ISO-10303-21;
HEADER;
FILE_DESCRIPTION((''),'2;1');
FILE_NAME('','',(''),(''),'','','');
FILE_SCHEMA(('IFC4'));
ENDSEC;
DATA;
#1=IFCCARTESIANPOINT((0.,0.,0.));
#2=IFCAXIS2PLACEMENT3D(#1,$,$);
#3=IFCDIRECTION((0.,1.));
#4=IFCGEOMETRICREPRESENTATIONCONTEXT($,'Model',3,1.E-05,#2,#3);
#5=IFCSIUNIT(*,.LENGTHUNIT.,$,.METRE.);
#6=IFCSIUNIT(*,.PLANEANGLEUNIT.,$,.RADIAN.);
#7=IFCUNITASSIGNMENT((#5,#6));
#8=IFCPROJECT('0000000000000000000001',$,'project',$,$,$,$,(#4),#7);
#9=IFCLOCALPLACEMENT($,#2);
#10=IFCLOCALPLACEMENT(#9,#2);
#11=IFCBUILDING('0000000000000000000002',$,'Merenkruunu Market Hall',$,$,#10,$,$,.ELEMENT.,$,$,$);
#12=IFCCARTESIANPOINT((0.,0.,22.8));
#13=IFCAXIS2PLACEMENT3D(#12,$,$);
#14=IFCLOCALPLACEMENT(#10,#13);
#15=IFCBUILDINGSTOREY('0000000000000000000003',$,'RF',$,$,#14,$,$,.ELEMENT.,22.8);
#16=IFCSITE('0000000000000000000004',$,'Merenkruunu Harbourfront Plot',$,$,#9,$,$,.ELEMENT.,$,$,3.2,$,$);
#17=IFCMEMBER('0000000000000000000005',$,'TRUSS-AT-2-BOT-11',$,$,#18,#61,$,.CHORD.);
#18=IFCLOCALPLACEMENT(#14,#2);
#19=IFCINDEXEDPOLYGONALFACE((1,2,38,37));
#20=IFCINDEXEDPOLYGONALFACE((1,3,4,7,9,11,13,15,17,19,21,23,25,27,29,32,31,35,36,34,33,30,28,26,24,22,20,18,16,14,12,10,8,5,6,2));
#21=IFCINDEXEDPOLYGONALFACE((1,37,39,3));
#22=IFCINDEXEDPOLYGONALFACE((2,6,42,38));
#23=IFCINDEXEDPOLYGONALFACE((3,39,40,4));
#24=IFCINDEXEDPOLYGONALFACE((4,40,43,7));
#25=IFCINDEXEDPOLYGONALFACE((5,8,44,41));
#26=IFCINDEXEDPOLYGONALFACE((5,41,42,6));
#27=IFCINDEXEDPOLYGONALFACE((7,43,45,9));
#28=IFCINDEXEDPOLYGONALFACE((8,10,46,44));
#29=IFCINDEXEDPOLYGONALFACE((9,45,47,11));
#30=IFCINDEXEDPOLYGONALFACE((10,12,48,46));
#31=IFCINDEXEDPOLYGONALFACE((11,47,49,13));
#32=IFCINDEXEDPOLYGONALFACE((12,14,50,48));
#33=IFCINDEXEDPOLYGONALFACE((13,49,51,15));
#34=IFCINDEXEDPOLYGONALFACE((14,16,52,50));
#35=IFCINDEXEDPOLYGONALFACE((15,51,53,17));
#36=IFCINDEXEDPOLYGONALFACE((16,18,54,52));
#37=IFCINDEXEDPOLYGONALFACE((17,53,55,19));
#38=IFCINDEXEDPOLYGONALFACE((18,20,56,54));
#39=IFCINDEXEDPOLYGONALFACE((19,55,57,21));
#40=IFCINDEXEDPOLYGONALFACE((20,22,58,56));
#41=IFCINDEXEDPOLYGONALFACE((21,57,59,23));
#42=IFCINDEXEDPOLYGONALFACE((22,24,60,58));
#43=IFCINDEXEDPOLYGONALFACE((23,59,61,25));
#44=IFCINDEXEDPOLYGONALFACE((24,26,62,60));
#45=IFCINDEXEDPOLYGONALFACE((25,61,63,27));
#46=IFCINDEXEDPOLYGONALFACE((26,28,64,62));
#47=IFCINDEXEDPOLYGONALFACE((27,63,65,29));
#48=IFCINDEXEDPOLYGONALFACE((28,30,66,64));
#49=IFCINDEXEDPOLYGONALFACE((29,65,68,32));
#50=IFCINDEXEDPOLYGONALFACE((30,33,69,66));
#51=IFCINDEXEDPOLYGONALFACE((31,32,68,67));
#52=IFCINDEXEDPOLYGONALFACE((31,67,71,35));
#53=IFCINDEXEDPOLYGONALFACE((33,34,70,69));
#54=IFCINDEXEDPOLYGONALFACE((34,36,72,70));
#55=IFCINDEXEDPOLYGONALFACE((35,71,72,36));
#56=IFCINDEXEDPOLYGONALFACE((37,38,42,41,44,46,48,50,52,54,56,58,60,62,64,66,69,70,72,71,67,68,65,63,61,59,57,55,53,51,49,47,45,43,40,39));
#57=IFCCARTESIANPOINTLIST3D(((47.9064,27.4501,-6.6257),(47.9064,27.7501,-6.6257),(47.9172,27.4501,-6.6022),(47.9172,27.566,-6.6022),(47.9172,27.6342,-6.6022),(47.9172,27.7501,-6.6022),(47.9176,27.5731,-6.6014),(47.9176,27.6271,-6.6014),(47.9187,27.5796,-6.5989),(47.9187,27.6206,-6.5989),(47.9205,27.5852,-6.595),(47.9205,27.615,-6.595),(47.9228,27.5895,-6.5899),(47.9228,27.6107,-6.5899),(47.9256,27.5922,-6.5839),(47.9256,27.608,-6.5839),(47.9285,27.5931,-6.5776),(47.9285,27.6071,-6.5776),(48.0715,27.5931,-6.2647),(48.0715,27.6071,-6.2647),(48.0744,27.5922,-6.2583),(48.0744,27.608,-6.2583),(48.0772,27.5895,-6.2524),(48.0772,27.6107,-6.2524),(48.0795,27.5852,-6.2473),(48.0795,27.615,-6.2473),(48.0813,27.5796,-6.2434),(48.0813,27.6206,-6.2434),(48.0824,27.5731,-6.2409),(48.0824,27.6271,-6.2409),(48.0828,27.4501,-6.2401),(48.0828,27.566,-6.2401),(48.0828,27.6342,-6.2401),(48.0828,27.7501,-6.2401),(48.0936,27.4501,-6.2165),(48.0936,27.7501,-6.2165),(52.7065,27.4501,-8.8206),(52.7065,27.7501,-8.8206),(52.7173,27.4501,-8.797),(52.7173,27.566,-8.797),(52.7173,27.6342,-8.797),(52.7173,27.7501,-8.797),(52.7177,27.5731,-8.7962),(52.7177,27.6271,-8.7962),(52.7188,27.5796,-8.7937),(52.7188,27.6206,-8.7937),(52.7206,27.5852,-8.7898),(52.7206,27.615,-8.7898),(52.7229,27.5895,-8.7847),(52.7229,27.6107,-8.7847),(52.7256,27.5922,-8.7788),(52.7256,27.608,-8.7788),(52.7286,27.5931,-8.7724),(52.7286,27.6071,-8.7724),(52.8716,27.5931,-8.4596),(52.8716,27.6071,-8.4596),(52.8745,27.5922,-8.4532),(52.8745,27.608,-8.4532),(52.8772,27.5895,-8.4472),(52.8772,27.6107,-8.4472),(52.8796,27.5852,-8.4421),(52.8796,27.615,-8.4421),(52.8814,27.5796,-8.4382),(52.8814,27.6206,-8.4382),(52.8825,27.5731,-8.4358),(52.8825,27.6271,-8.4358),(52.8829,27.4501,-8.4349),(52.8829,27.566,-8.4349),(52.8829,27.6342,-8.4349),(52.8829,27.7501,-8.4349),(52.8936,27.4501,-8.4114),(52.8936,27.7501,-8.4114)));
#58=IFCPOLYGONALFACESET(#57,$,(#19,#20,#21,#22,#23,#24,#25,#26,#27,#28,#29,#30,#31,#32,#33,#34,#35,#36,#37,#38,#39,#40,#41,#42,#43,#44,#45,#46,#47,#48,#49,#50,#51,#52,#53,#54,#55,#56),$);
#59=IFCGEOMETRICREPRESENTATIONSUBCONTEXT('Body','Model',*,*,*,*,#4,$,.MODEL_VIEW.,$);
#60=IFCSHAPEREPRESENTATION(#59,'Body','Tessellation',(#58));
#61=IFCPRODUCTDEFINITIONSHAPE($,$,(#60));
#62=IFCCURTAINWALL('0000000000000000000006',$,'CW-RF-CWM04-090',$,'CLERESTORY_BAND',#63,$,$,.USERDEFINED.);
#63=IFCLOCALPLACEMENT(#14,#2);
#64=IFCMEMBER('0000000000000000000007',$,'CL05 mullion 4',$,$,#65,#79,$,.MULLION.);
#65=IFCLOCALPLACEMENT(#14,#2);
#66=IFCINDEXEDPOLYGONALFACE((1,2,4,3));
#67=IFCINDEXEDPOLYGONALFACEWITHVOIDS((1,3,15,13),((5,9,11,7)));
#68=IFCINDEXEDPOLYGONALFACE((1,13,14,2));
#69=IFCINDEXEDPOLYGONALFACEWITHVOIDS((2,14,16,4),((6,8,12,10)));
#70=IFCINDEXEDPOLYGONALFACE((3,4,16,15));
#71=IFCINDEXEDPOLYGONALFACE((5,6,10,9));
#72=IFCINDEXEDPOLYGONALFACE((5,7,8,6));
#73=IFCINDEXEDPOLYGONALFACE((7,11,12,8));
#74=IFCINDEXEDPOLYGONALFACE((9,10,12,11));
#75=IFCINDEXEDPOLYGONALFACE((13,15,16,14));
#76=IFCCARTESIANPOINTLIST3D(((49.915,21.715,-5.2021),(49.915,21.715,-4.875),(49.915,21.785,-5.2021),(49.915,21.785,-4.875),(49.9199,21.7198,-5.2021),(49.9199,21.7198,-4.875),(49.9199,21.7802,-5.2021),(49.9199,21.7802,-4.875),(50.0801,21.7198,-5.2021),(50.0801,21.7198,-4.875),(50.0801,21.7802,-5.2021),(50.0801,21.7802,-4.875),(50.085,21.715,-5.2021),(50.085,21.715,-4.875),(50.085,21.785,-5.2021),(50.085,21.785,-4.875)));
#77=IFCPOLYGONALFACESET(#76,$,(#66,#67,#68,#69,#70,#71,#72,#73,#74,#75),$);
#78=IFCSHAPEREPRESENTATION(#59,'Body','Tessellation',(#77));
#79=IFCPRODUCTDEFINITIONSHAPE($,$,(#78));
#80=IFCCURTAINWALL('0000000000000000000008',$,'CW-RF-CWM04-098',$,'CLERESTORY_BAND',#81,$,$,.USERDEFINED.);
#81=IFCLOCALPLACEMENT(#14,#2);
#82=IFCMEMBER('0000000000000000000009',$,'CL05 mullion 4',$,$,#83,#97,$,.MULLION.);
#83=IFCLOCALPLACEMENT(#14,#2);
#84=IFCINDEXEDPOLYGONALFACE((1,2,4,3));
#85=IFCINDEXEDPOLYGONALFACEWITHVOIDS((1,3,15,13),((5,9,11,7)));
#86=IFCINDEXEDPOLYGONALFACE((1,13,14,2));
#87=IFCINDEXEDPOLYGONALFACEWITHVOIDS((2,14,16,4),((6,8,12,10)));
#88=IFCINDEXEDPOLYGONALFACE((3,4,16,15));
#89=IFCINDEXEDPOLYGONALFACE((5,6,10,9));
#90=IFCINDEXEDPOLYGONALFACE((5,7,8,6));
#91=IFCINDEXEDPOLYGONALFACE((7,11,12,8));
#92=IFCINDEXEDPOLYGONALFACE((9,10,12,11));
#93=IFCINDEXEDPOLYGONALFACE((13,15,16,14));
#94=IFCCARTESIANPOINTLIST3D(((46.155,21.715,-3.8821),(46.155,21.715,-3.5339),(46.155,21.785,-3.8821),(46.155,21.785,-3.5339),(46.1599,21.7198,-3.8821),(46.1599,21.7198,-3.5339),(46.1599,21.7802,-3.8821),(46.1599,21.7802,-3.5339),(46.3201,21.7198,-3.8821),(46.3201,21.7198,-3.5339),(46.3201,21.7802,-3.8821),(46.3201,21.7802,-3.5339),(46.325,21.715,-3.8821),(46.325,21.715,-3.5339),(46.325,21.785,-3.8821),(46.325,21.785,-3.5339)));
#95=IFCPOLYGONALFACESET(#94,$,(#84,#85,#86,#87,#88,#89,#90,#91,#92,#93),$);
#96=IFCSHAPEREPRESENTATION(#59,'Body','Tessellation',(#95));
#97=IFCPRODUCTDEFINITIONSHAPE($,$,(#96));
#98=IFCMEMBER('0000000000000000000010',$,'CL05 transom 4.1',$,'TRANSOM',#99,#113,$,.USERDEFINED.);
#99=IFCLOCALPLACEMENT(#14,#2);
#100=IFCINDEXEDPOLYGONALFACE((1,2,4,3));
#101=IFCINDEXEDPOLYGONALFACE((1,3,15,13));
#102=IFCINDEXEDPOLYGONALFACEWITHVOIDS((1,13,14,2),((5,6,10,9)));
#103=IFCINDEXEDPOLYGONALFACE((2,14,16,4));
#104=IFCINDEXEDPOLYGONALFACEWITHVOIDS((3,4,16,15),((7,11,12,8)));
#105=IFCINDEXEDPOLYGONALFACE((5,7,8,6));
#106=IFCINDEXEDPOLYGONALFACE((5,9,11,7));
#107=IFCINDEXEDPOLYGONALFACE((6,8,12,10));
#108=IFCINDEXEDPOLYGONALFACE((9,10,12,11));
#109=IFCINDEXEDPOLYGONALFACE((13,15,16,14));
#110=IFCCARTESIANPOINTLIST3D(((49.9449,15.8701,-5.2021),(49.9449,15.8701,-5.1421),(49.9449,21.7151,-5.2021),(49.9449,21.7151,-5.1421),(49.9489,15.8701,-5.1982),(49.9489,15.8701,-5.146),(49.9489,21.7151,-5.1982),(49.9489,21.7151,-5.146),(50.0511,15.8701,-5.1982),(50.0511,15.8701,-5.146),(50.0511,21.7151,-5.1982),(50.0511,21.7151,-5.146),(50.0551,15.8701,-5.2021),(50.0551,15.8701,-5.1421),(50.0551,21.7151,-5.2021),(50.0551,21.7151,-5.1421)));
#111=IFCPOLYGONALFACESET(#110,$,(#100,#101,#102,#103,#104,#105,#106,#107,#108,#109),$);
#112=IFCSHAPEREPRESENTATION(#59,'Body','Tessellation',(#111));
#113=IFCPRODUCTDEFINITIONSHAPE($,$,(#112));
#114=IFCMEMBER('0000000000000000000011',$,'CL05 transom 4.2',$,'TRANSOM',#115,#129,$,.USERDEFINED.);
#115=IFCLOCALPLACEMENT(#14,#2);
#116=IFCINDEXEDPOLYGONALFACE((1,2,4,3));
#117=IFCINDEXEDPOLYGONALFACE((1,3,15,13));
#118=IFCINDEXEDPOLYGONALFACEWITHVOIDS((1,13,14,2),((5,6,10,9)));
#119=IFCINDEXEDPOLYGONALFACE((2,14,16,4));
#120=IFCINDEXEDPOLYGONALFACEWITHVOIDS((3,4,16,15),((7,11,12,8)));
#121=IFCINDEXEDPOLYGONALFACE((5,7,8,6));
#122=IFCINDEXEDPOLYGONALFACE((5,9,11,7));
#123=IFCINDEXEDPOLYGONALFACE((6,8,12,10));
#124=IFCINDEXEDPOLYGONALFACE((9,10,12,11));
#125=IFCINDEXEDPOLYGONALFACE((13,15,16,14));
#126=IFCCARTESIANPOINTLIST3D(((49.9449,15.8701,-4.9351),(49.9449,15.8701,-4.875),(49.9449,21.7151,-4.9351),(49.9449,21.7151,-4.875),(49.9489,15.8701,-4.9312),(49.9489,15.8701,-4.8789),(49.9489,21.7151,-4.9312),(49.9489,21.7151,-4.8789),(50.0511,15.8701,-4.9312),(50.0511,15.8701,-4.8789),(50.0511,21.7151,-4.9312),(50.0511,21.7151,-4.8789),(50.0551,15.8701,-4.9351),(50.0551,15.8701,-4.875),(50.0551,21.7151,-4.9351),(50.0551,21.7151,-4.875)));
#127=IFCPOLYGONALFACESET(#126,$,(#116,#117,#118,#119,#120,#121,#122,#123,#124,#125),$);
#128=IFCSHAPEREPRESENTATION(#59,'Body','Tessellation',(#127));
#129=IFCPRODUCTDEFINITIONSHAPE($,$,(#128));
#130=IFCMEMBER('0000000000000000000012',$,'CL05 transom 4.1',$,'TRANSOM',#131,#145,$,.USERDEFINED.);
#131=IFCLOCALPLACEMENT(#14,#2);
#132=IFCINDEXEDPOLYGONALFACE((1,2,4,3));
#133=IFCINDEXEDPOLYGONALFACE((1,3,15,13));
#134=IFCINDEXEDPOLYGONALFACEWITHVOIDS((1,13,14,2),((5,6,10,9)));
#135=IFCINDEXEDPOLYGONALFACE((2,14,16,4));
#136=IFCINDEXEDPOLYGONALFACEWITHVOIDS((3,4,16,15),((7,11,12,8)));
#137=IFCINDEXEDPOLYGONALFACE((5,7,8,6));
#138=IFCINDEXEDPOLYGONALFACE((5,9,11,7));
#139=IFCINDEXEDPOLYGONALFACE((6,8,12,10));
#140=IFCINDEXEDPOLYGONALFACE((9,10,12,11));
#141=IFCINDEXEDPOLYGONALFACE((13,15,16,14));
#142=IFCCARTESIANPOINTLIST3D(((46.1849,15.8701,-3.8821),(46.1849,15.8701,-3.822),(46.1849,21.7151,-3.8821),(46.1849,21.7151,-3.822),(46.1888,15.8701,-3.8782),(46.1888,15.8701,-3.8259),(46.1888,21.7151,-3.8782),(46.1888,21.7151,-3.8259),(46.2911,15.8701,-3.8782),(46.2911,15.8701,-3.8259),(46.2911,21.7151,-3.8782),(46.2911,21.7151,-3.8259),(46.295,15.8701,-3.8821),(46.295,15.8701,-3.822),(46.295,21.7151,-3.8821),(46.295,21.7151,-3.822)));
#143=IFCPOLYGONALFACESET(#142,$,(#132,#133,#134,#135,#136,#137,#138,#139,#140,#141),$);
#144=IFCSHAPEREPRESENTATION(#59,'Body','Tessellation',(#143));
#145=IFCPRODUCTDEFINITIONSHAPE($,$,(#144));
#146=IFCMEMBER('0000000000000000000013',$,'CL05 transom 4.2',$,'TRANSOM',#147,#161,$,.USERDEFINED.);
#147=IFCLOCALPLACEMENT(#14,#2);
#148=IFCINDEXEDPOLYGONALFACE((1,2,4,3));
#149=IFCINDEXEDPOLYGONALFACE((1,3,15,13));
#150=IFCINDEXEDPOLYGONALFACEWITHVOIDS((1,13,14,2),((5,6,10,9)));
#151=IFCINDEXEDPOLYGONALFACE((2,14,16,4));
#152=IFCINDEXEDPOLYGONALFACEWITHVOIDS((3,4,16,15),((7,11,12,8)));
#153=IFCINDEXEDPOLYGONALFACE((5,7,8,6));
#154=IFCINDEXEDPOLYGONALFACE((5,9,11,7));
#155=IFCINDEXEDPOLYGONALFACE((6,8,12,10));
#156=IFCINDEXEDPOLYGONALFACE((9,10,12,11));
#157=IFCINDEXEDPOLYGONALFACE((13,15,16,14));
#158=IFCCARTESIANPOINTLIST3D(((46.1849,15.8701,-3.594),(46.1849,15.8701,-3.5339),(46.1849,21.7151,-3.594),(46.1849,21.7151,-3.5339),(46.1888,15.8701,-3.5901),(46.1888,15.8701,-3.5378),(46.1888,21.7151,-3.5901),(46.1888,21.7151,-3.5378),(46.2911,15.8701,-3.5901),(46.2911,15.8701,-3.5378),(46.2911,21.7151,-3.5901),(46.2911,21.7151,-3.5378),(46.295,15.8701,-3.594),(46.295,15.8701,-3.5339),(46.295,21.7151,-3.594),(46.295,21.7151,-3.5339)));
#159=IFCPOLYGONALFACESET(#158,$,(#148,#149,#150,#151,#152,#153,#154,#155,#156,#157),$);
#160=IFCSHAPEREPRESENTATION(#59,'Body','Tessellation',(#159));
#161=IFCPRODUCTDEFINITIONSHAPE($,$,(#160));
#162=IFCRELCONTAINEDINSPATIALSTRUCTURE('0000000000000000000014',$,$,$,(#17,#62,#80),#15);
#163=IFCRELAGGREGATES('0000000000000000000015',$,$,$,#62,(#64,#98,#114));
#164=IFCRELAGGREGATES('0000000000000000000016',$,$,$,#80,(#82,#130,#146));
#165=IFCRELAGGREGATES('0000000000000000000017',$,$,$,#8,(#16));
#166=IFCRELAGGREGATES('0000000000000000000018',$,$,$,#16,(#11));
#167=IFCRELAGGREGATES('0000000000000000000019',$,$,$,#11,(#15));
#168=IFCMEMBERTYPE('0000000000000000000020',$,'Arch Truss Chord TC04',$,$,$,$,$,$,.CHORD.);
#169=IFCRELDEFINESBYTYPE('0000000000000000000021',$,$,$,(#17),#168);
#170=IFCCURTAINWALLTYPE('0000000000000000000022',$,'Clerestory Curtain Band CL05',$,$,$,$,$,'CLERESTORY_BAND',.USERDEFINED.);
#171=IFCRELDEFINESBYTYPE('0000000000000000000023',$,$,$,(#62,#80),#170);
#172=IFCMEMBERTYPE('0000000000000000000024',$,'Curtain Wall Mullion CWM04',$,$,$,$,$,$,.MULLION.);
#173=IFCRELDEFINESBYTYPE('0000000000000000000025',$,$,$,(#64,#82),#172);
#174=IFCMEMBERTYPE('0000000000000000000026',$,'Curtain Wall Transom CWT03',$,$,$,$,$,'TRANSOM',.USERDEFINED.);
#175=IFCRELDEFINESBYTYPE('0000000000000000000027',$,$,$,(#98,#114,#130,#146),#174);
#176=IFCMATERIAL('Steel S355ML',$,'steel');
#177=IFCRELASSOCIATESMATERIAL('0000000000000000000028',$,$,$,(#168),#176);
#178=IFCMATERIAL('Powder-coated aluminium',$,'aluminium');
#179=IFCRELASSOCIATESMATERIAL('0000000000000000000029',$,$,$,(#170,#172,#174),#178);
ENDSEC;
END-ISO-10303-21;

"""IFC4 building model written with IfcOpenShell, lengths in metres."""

from ifc_helpers import new_model, si_unit, direction, frame, origin, origin_2d, place, context, subcontext, project, spatial, hollow_rectangle, i_section, extrude, material, material_profile, profile_set, type_object, element, aggregate, save


model = new_model("IFC4")

# Units and contexts
model_context = context("Model", 3, precision=1e-05, world=origin(), true_north=direction((0.0, 1.0)))
body_context = subcontext(model_context, "Body", "Model", "MODEL_VIEW")
ifc_project = project(units=[si_unit("LENGTHUNIT", "METRE"), si_unit("PLANEANGLEUNIT", "RADIAN")], contexts=[model_context])

# Site, building, storey
site_placement = place(None, origin())
site = spatial("IfcSite", under=ifc_project, at=site_placement, Name="Merenkruunu Harbourfront Plot", CompositionType="ELEMENT", RefElevation=3.2)
building_placement = place(site_placement, origin())
building = spatial("IfcBuilding", under=site, at=building_placement, Name="Merenkruunu Market Hall", CompositionType="ELEMENT")
storey_placement = place(building_placement, frame((0.0, 0.0, 22.8)))
storey = spatial("IfcBuildingStorey", under=building, at=storey_placement, Name="RF", CompositionType="ELEMENT", Elevation=22.8)

# Member
ifc_material_1 = material(Name="Steel S355ML", Category="steel")
ifc_material_profile_1 = material_profile(ifc_material_1, i_section(OverallWidth=0.3, OverallDepth=0.45, WebThickness=0.0139, FlangeThickness=0.0259, FilletRadius=0.0271, at=origin_2d()), Name="HEB 450")
ifc_profile_set_1 = profile_set([ifc_material_profile_1], Name="Steel S355ML")
member_type_1 = type_object("IfcMemberType", Name="Arch Truss Chord TC04", PredefinedType="CHORD", material=ifc_profile_set_1)
member_1_placement = place(storey_placement, frame((48.0, 27.6001, -6.4211), z_axis=(0.909437, 0.0, -0.415841), x_axis=(0.0, 1.0, 0.0)))
element("IfcMember", 1, at=member_1_placement, inside=storey, type_object=member_type_1, Name="TRUSS-AT-2-BOT-11", PredefinedType="CHORD", context=body_context, shape_type="SweptSolid", body=[
    extrude(i_section(OverallWidth=0.3, OverallDepth=0.45, WebThickness=0.0139, FlangeThickness=0.0259, FilletRadius=0.0271, at=origin_2d()), origin(), (0.0, 0.0, 1.0), 5.2781),
])

# Curtain walls, members
ifc_material_2 = material(Name="Powder-coated aluminium", Category="aluminium")
curtain_wall_type = type_object("IfcCurtainWallType", Name="Clerestory Curtain Band CL05", ElementType="CLERESTORY_BAND", PredefinedType="USERDEFINED", material=ifc_material_2)
curtain_wall_1_placement = place(storey_placement, origin())
curtain_wall_1 = element("IfcCurtainWall", 2, at=curtain_wall_1_placement, inside=storey, type_object=curtain_wall_type, Name="CW-RF-CWM04-090", ObjectType="CLERESTORY_BAND", PredefinedType="USERDEFINED")
ifc_material_profile_2 = material_profile(ifc_material_2, hollow_rectangle(XDim=0.0701, YDim=0.1699, WallThickness=0.0049, at=origin_2d()), Name="ALU 70x170x5")
ifc_profile_set_2 = profile_set([ifc_material_profile_2], Name="Powder-coated aluminium")
member_type_2 = type_object("IfcMemberType", Name="Curtain Wall Mullion CWM04", PredefinedType="MULLION", material=ifc_profile_set_2)
member_2_placement = place(storey_placement, frame((50.0, 21.75, -5.2021), z_axis=(0.0, 0.0, 1.0), x_axis=(0.0, -1.0, 0.0)))
member_2 = element("IfcMember", 3, at=member_2_placement, type_object=member_type_2, Name="CL05 mullion 4", PredefinedType="MULLION", context=body_context, shape_type="SweptSolid", body=[
    extrude(hollow_rectangle(XDim=0.0701, YDim=0.1699, WallThickness=0.0049, at=origin_2d()), origin(), (0.0, 0.0, 1.0), 0.3271),
])
curtain_wall_2_placement = place(storey_placement, origin())
curtain_wall_2 = element("IfcCurtainWall", 4, at=curtain_wall_2_placement, inside=storey, type_object=curtain_wall_type, Name="CW-RF-CWM04-098", ObjectType="CLERESTORY_BAND", PredefinedType="USERDEFINED")
member_3_placement = place(storey_placement, frame((46.24, 21.75, -3.8821), z_axis=(0.0, 0.0, 1.0), x_axis=(0.0, -1.0, 0.0)))
member_3 = element("IfcMember", 5, at=member_3_placement, type_object=member_type_2, Name="CL05 mullion 4", PredefinedType="MULLION", context=body_context, shape_type="SweptSolid", body=[
    extrude(hollow_rectangle(XDim=0.0701, YDim=0.1699, WallThickness=0.0049, at=origin_2d()), origin(), (0.0, 0.0, 1.0), 0.3481),
])

# Members
ifc_material_profile_3 = material_profile(ifc_material_2, hollow_rectangle(XDim=0.0601, YDim=0.1101, WallThickness=0.0039, at=origin_2d()), Name="ALU 60x110x4")
ifc_profile_set_3 = profile_set([ifc_material_profile_3], Name="Powder-coated aluminium")
member_type_3 = type_object("IfcMemberType", Name="Curtain Wall Transom CWT03", ElementType="TRANSOM", PredefinedType="USERDEFINED", material=ifc_profile_set_3)
member_4_placement = place(storey_placement, frame((50.0, 21.7151, -5.1721), z_axis=(0.0, -1.0, 0.0), x_axis=(0.0, 0.0, 1.0)))
member_4 = element("IfcMember", 6, at=member_4_placement, type_object=member_type_3, Name="CL05 transom 4.1", ObjectType="TRANSOM", PredefinedType="USERDEFINED", context=body_context, shape_type="SweptSolid", body=[
    extrude(hollow_rectangle(XDim=0.0601, YDim=0.1101, WallThickness=0.0039, at=origin_2d()), origin(), (0.0, 0.0, 1.0), 5.845),
])
member_5_placement = place(storey_placement, frame((50.0, 21.7151, -4.905), z_axis=(0.0, -1.0, 0.0), x_axis=(0.0, 0.0, 1.0)))
member_5 = element("IfcMember", 7, at=member_5_placement, type_object=member_type_3, Name="CL05 transom 4.2", ObjectType="TRANSOM", PredefinedType="USERDEFINED", context=body_context, shape_type="SweptSolid", body=[
    extrude(hollow_rectangle(XDim=0.0601, YDim=0.1101, WallThickness=0.0039, at=origin_2d()), origin(), (0.0, 0.0, 1.0), 5.845),
])
member_6_placement = place(storey_placement, frame((46.24, 21.7151, -3.8521), z_axis=(0.0, -1.0, 0.0), x_axis=(0.0, 0.0, 1.0)))
member_6 = element("IfcMember", 8, at=member_6_placement, type_object=member_type_3, Name="CL05 transom 4.1", ObjectType="TRANSOM", PredefinedType="USERDEFINED", context=body_context, shape_type="SweptSolid", body=[
    extrude(hollow_rectangle(XDim=0.0601, YDim=0.1101, WallThickness=0.0039, at=origin_2d()), origin(), (0.0, 0.0, 1.0), 5.845),
])
member_7_placement = place(storey_placement, frame((46.24, 21.7151, -3.564), z_axis=(0.0, -1.0, 0.0), x_axis=(0.0, 0.0, 1.0)))
member_7 = element("IfcMember", 9, at=member_7_placement, type_object=member_type_3, Name="CL05 transom 4.2", ObjectType="TRANSOM", PredefinedType="USERDEFINED", context=body_context, shape_type="SweptSolid", body=[
    extrude(hollow_rectangle(XDim=0.0601, YDim=0.1101, WallThickness=0.0039, at=origin_2d()), origin(), (0.0, 0.0, 1.0), 5.845),
])

aggregate(curtain_wall_1, [member_2, member_4, member_5])
aggregate(curtain_wall_2, [member_3, member_6, member_7])

save(model, "model.ifc")
